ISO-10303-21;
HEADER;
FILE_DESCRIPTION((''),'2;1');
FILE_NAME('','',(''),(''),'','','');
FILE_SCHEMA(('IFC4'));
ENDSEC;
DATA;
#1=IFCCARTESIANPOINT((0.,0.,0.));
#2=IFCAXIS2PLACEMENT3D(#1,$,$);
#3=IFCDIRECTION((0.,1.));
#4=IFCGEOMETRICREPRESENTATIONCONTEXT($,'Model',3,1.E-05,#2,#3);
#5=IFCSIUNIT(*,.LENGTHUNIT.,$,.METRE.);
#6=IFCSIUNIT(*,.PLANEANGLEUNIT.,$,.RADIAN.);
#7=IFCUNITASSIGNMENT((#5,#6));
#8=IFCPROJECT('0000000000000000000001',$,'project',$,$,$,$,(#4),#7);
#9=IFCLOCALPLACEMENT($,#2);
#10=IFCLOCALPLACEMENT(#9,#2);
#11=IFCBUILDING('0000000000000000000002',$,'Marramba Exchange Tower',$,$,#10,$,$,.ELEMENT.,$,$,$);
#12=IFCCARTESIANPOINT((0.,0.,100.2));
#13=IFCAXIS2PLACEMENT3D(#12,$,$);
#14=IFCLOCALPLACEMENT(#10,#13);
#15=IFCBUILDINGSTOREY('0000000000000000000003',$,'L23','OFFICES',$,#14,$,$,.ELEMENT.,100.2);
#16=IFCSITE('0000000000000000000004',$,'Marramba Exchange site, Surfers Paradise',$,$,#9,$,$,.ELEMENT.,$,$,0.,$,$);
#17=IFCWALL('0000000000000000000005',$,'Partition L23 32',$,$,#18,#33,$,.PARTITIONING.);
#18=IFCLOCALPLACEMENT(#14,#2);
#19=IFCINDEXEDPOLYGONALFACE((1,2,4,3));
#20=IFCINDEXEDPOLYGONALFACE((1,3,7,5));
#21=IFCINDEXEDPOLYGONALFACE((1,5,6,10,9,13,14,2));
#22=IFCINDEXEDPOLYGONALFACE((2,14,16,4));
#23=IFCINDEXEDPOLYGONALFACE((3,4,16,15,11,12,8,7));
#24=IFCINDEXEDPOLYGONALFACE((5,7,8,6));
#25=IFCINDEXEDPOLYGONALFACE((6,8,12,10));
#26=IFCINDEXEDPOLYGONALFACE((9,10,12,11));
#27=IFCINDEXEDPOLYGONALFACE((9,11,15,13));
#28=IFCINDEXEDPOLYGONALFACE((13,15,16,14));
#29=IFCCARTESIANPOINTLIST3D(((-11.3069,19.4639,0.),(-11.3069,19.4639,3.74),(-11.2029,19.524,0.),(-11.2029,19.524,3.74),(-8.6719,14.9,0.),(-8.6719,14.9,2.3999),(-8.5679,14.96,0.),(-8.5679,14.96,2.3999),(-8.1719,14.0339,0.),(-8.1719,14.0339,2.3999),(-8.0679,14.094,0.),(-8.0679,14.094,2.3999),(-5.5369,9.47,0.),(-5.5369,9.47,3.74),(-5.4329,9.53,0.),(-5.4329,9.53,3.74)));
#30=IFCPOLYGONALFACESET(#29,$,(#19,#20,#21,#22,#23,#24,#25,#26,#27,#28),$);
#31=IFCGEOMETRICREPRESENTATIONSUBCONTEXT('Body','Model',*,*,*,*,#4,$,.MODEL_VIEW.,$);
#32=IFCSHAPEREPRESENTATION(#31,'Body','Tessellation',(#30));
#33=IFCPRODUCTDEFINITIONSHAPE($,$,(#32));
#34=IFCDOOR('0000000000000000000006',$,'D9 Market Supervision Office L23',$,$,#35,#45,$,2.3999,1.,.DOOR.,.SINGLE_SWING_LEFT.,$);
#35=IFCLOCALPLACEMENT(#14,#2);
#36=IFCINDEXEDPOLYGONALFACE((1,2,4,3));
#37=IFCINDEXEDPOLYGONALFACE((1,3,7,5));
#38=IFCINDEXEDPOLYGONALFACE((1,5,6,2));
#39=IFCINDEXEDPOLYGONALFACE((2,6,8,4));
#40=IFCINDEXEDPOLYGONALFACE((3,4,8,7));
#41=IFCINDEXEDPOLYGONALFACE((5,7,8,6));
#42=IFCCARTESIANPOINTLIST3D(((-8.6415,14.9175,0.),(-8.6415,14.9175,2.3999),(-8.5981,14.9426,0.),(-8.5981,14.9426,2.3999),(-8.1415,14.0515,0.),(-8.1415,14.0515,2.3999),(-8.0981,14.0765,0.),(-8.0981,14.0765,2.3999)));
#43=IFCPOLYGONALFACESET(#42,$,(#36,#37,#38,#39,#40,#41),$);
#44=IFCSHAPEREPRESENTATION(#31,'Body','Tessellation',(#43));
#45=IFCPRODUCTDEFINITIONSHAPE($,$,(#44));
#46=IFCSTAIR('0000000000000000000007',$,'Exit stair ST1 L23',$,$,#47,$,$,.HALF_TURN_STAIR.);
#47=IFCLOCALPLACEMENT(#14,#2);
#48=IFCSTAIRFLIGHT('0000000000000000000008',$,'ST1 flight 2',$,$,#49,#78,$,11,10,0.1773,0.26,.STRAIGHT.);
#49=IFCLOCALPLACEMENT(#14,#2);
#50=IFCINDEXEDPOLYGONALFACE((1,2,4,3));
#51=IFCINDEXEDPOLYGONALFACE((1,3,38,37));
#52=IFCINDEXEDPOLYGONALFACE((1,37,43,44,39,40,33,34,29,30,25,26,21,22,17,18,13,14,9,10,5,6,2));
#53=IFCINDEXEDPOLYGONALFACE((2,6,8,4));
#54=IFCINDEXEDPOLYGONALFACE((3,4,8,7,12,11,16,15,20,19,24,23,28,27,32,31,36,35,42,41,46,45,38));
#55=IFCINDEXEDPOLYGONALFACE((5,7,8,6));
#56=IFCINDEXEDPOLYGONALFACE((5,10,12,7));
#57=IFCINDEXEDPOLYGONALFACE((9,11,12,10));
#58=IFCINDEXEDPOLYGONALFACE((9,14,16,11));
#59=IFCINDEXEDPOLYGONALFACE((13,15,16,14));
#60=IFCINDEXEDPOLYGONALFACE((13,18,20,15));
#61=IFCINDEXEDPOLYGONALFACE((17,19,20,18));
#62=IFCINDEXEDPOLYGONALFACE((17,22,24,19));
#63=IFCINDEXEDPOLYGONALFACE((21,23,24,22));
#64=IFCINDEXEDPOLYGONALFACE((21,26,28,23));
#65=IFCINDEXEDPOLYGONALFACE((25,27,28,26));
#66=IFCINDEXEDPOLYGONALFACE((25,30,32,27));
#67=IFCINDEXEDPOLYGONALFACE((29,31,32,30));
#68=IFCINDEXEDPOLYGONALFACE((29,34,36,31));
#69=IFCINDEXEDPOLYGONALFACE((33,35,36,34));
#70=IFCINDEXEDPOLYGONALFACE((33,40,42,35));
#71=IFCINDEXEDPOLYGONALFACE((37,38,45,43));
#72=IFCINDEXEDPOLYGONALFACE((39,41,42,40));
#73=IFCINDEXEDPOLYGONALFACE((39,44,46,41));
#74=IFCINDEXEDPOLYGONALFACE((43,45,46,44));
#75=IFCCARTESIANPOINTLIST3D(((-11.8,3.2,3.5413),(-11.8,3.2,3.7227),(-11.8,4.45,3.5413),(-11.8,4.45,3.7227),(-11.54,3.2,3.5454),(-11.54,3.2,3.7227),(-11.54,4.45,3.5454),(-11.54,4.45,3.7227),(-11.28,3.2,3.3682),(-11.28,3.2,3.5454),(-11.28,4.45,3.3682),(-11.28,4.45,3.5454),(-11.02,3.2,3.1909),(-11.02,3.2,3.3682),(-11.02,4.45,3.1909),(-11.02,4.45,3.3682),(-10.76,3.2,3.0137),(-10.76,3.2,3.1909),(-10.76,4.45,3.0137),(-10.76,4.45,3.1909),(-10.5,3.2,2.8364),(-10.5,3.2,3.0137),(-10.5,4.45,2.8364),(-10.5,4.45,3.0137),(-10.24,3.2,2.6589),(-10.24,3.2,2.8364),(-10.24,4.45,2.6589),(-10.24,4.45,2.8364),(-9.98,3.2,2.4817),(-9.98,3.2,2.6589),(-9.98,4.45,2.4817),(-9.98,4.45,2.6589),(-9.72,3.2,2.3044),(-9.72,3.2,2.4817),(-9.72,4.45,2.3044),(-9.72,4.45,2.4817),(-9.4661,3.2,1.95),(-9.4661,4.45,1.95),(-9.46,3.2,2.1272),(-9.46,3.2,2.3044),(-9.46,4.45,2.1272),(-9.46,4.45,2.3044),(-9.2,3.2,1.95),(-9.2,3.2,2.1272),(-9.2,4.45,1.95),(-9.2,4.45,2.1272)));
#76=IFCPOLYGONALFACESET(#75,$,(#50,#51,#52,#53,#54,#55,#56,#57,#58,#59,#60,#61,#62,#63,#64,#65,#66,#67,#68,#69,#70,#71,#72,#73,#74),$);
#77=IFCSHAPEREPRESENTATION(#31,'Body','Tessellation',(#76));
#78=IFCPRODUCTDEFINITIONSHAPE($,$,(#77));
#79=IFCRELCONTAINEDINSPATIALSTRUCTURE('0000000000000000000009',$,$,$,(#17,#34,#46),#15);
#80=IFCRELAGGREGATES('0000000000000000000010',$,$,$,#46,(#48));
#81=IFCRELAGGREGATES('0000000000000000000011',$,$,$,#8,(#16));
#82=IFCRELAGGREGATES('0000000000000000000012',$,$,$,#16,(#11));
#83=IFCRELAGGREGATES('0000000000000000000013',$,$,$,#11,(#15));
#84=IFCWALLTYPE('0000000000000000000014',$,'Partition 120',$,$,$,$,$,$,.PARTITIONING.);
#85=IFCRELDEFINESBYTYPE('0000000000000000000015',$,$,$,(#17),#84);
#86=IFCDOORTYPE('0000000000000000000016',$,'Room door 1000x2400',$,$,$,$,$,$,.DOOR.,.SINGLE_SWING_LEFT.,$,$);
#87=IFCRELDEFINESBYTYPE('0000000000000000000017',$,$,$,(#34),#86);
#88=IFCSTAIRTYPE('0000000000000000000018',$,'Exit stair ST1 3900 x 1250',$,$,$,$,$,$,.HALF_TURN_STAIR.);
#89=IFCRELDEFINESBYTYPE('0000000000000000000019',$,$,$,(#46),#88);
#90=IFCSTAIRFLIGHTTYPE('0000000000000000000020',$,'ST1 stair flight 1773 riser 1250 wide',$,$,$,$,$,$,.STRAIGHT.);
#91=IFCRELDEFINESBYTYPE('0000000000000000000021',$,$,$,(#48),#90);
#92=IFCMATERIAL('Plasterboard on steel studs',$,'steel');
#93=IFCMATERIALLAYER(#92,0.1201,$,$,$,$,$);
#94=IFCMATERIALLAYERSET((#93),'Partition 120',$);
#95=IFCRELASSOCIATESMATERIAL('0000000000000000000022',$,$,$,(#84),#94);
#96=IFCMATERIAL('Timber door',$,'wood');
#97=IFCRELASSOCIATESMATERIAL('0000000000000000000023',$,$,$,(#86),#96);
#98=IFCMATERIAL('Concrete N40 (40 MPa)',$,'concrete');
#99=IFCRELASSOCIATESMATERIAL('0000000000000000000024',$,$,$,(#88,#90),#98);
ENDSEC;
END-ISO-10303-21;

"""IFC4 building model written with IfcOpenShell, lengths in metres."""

from ifc_helpers import new_model, si_unit, direction, frame, frame_2d, origin, place, context, subcontext, project, spatial, polyline, rectangle, outline, extrude, material, layer, layer_set, type_object, element, fill, aggregate, save


model = new_model("IFC4")

# Units and contexts
model_context = context("Model", 3, precision=1e-05, world=origin(), true_north=direction((0.0, 1.0)))
body_context = subcontext(model_context, "Body", "Model", "MODEL_VIEW")
ifc_project = project(units=[si_unit("LENGTHUNIT", "METRE"), si_unit("PLANEANGLEUNIT", "RADIAN")], contexts=[model_context])

# Site, building, storey
site_placement = place(None, origin())
site = spatial("IfcSite", under=ifc_project, at=site_placement, Name="Marramba Exchange site, Surfers Paradise", CompositionType="ELEMENT", RefElevation=0.0)
building_placement = place(site_placement, origin())
building = spatial("IfcBuilding", under=site, at=building_placement, Name="Marramba Exchange Tower", CompositionType="ELEMENT")
storey_placement = place(building_placement, frame((0.0, 0.0, 100.2)))
storey = spatial("IfcBuildingStorey", under=building, at=storey_placement, Name="L23", Description="OFFICES", CompositionType="ELEMENT", Elevation=100.2)

# Shared definitions
ifc_material_1 = material(Name="Timber door", Category="wood")

# Wall, opening, door
ifc_material_2 = material(Name="Plasterboard on steel studs", Category="steel")
ifc_layer_1 = layer(ifc_material_2, 0.1201)
ifc_layer_set_1 = layer_set([ifc_layer_1], Name="Partition 120")
wall_type_1 = type_object("IfcWallType", Name="Partition 120", PredefinedType="PARTITIONING", material=ifc_layer_set_1)
wall_1_placement = place(storey_placement, frame((-5.4849, 9.5, 0.0), z_axis=(0.0, 0.0, 1.0), x_axis=(-0.500003, 0.866024, 0.0)))
wall_1 = element("IfcWall", 1, at=wall_1_placement, inside=storey, type_object=wall_type_1, Name="Partition L23 32", PredefinedType="PARTITIONING", context=body_context, shape_type="SweptSolid", body=[
    extrude(rectangle(XDim=11.54, YDim=0.1201, at=frame_2d((5.77, 0.0))), origin(), (0.0, 0.0, 1.0), 3.74),
])
opening_1_placement = place(wall_1_placement, frame((5.27, 0.0, 0.0)))
opening_1 = element("IfcOpeningElement", 2, at=opening_1_placement, cuts=wall_1, PredefinedType="OPENING", context=body_context, shape_type="SweptSolid", body=[
    extrude(rectangle(XDim=1.0, YDim=2.3999, at=frame_2d((0.5, 1.2))), frame((0.0, 0.0701, 0.0), z_axis=(0.0, -1.0, 0.0), x_axis=(1.0, 0.0, 0.0)), (0.0, 0.0, 1.0), 0.1401),
])
door_type_1 = type_object("IfcDoorType", Name="Room door 1000x2400", OperationType="SINGLE_SWING_LEFT", PredefinedType="DOOR", material=ifc_material_1)
door_1_placement = place(opening_1_placement, origin())
door_1 = element("IfcDoor", 3, at=door_1_placement, inside=storey, type_object=door_type_1, Name="D9 Market Supervision Office L23", OperationType="SINGLE_SWING_LEFT", OverallHeight=2.3999, OverallWidth=1.0, PredefinedType="DOOR", context=body_context, shape_type="SweptSolid", body=[
    extrude(rectangle(XDim=1.0, YDim=2.3999, at=frame_2d((0.5, 1.2))), frame((0.0, 0.0249, 0.0), z_axis=(0.0, -1.0, 0.0), x_axis=(1.0, 0.0, 0.0)), (0.0, 0.0, 1.0), 0.05),
])
fill(opening_1, door_1)

# Stair, stair flight
ifc_material_3 = material(Name="Concrete N40 (40 MPa)", Category="concrete")
stair_type = type_object("IfcStairType", Name="Exit stair ST1 3900 x 1250", PredefinedType="HALF_TURN_STAIR", material=ifc_material_3)
stair_placement = place(storey_placement, origin())
stair = element("IfcStair", 4, at=stair_placement, inside=storey, type_object=stair_type, Name="Exit stair ST1 L23", PredefinedType="HALF_TURN_STAIR")
stair_flight_type = type_object("IfcStairFlightType", Name="ST1 stair flight 1773 riser 1250 wide", PredefinedType="STRAIGHT", material=ifc_material_3)
stair_flight_placement = place(storey_placement, frame((-9.2, 3.825, 1.95), z_axis=(0.0, 0.0, 1.0), x_axis=(-1.0, 0.0, 0.0)))
stair_flight = element("IfcStairFlight", 5, at=stair_flight_placement, type_object=stair_flight_type, Name="ST1 flight 2", NumberOfRisers=11, NumberOfTreads=10, PredefinedType="STRAIGHT", RiserHeight=0.1773, TreadLength=0.26, context=body_context, shape_type="SweptSolid", body=[
    extrude(outline(polyline([(0.0, 0.0), (0.0, 0.1772), (0.26, 0.1772), (0.26, 0.3545), (0.52, 0.3545), (0.52, 0.5317), (0.78, 0.5317), (0.78, 0.709), (1.04, 0.709), (1.04, 0.8865), (1.3, 0.8865), (1.3, 1.0637), (1.5601, 1.0637), (1.5601, 1.241), (1.8201, 1.241), (1.8201, 1.4182), (2.0801, 1.4182), (2.0801, 1.5955), (2.3401, 1.5955), (2.3401, 1.7727), (2.6001, 1.7727), (2.6001, 1.95), (2.6001, 1.5913), (0.2661, 0.0), (0.0, 0.0)])), frame((0.0, 0.625, 0.0), z_axis=(0.0, -1.0, 0.0), x_axis=(1.0, 0.0, 0.0)), (0.0, 0.0, 1.0), 1.25),
])
aggregate(stair, [stair_flight])

save(model, "model.ifc")
